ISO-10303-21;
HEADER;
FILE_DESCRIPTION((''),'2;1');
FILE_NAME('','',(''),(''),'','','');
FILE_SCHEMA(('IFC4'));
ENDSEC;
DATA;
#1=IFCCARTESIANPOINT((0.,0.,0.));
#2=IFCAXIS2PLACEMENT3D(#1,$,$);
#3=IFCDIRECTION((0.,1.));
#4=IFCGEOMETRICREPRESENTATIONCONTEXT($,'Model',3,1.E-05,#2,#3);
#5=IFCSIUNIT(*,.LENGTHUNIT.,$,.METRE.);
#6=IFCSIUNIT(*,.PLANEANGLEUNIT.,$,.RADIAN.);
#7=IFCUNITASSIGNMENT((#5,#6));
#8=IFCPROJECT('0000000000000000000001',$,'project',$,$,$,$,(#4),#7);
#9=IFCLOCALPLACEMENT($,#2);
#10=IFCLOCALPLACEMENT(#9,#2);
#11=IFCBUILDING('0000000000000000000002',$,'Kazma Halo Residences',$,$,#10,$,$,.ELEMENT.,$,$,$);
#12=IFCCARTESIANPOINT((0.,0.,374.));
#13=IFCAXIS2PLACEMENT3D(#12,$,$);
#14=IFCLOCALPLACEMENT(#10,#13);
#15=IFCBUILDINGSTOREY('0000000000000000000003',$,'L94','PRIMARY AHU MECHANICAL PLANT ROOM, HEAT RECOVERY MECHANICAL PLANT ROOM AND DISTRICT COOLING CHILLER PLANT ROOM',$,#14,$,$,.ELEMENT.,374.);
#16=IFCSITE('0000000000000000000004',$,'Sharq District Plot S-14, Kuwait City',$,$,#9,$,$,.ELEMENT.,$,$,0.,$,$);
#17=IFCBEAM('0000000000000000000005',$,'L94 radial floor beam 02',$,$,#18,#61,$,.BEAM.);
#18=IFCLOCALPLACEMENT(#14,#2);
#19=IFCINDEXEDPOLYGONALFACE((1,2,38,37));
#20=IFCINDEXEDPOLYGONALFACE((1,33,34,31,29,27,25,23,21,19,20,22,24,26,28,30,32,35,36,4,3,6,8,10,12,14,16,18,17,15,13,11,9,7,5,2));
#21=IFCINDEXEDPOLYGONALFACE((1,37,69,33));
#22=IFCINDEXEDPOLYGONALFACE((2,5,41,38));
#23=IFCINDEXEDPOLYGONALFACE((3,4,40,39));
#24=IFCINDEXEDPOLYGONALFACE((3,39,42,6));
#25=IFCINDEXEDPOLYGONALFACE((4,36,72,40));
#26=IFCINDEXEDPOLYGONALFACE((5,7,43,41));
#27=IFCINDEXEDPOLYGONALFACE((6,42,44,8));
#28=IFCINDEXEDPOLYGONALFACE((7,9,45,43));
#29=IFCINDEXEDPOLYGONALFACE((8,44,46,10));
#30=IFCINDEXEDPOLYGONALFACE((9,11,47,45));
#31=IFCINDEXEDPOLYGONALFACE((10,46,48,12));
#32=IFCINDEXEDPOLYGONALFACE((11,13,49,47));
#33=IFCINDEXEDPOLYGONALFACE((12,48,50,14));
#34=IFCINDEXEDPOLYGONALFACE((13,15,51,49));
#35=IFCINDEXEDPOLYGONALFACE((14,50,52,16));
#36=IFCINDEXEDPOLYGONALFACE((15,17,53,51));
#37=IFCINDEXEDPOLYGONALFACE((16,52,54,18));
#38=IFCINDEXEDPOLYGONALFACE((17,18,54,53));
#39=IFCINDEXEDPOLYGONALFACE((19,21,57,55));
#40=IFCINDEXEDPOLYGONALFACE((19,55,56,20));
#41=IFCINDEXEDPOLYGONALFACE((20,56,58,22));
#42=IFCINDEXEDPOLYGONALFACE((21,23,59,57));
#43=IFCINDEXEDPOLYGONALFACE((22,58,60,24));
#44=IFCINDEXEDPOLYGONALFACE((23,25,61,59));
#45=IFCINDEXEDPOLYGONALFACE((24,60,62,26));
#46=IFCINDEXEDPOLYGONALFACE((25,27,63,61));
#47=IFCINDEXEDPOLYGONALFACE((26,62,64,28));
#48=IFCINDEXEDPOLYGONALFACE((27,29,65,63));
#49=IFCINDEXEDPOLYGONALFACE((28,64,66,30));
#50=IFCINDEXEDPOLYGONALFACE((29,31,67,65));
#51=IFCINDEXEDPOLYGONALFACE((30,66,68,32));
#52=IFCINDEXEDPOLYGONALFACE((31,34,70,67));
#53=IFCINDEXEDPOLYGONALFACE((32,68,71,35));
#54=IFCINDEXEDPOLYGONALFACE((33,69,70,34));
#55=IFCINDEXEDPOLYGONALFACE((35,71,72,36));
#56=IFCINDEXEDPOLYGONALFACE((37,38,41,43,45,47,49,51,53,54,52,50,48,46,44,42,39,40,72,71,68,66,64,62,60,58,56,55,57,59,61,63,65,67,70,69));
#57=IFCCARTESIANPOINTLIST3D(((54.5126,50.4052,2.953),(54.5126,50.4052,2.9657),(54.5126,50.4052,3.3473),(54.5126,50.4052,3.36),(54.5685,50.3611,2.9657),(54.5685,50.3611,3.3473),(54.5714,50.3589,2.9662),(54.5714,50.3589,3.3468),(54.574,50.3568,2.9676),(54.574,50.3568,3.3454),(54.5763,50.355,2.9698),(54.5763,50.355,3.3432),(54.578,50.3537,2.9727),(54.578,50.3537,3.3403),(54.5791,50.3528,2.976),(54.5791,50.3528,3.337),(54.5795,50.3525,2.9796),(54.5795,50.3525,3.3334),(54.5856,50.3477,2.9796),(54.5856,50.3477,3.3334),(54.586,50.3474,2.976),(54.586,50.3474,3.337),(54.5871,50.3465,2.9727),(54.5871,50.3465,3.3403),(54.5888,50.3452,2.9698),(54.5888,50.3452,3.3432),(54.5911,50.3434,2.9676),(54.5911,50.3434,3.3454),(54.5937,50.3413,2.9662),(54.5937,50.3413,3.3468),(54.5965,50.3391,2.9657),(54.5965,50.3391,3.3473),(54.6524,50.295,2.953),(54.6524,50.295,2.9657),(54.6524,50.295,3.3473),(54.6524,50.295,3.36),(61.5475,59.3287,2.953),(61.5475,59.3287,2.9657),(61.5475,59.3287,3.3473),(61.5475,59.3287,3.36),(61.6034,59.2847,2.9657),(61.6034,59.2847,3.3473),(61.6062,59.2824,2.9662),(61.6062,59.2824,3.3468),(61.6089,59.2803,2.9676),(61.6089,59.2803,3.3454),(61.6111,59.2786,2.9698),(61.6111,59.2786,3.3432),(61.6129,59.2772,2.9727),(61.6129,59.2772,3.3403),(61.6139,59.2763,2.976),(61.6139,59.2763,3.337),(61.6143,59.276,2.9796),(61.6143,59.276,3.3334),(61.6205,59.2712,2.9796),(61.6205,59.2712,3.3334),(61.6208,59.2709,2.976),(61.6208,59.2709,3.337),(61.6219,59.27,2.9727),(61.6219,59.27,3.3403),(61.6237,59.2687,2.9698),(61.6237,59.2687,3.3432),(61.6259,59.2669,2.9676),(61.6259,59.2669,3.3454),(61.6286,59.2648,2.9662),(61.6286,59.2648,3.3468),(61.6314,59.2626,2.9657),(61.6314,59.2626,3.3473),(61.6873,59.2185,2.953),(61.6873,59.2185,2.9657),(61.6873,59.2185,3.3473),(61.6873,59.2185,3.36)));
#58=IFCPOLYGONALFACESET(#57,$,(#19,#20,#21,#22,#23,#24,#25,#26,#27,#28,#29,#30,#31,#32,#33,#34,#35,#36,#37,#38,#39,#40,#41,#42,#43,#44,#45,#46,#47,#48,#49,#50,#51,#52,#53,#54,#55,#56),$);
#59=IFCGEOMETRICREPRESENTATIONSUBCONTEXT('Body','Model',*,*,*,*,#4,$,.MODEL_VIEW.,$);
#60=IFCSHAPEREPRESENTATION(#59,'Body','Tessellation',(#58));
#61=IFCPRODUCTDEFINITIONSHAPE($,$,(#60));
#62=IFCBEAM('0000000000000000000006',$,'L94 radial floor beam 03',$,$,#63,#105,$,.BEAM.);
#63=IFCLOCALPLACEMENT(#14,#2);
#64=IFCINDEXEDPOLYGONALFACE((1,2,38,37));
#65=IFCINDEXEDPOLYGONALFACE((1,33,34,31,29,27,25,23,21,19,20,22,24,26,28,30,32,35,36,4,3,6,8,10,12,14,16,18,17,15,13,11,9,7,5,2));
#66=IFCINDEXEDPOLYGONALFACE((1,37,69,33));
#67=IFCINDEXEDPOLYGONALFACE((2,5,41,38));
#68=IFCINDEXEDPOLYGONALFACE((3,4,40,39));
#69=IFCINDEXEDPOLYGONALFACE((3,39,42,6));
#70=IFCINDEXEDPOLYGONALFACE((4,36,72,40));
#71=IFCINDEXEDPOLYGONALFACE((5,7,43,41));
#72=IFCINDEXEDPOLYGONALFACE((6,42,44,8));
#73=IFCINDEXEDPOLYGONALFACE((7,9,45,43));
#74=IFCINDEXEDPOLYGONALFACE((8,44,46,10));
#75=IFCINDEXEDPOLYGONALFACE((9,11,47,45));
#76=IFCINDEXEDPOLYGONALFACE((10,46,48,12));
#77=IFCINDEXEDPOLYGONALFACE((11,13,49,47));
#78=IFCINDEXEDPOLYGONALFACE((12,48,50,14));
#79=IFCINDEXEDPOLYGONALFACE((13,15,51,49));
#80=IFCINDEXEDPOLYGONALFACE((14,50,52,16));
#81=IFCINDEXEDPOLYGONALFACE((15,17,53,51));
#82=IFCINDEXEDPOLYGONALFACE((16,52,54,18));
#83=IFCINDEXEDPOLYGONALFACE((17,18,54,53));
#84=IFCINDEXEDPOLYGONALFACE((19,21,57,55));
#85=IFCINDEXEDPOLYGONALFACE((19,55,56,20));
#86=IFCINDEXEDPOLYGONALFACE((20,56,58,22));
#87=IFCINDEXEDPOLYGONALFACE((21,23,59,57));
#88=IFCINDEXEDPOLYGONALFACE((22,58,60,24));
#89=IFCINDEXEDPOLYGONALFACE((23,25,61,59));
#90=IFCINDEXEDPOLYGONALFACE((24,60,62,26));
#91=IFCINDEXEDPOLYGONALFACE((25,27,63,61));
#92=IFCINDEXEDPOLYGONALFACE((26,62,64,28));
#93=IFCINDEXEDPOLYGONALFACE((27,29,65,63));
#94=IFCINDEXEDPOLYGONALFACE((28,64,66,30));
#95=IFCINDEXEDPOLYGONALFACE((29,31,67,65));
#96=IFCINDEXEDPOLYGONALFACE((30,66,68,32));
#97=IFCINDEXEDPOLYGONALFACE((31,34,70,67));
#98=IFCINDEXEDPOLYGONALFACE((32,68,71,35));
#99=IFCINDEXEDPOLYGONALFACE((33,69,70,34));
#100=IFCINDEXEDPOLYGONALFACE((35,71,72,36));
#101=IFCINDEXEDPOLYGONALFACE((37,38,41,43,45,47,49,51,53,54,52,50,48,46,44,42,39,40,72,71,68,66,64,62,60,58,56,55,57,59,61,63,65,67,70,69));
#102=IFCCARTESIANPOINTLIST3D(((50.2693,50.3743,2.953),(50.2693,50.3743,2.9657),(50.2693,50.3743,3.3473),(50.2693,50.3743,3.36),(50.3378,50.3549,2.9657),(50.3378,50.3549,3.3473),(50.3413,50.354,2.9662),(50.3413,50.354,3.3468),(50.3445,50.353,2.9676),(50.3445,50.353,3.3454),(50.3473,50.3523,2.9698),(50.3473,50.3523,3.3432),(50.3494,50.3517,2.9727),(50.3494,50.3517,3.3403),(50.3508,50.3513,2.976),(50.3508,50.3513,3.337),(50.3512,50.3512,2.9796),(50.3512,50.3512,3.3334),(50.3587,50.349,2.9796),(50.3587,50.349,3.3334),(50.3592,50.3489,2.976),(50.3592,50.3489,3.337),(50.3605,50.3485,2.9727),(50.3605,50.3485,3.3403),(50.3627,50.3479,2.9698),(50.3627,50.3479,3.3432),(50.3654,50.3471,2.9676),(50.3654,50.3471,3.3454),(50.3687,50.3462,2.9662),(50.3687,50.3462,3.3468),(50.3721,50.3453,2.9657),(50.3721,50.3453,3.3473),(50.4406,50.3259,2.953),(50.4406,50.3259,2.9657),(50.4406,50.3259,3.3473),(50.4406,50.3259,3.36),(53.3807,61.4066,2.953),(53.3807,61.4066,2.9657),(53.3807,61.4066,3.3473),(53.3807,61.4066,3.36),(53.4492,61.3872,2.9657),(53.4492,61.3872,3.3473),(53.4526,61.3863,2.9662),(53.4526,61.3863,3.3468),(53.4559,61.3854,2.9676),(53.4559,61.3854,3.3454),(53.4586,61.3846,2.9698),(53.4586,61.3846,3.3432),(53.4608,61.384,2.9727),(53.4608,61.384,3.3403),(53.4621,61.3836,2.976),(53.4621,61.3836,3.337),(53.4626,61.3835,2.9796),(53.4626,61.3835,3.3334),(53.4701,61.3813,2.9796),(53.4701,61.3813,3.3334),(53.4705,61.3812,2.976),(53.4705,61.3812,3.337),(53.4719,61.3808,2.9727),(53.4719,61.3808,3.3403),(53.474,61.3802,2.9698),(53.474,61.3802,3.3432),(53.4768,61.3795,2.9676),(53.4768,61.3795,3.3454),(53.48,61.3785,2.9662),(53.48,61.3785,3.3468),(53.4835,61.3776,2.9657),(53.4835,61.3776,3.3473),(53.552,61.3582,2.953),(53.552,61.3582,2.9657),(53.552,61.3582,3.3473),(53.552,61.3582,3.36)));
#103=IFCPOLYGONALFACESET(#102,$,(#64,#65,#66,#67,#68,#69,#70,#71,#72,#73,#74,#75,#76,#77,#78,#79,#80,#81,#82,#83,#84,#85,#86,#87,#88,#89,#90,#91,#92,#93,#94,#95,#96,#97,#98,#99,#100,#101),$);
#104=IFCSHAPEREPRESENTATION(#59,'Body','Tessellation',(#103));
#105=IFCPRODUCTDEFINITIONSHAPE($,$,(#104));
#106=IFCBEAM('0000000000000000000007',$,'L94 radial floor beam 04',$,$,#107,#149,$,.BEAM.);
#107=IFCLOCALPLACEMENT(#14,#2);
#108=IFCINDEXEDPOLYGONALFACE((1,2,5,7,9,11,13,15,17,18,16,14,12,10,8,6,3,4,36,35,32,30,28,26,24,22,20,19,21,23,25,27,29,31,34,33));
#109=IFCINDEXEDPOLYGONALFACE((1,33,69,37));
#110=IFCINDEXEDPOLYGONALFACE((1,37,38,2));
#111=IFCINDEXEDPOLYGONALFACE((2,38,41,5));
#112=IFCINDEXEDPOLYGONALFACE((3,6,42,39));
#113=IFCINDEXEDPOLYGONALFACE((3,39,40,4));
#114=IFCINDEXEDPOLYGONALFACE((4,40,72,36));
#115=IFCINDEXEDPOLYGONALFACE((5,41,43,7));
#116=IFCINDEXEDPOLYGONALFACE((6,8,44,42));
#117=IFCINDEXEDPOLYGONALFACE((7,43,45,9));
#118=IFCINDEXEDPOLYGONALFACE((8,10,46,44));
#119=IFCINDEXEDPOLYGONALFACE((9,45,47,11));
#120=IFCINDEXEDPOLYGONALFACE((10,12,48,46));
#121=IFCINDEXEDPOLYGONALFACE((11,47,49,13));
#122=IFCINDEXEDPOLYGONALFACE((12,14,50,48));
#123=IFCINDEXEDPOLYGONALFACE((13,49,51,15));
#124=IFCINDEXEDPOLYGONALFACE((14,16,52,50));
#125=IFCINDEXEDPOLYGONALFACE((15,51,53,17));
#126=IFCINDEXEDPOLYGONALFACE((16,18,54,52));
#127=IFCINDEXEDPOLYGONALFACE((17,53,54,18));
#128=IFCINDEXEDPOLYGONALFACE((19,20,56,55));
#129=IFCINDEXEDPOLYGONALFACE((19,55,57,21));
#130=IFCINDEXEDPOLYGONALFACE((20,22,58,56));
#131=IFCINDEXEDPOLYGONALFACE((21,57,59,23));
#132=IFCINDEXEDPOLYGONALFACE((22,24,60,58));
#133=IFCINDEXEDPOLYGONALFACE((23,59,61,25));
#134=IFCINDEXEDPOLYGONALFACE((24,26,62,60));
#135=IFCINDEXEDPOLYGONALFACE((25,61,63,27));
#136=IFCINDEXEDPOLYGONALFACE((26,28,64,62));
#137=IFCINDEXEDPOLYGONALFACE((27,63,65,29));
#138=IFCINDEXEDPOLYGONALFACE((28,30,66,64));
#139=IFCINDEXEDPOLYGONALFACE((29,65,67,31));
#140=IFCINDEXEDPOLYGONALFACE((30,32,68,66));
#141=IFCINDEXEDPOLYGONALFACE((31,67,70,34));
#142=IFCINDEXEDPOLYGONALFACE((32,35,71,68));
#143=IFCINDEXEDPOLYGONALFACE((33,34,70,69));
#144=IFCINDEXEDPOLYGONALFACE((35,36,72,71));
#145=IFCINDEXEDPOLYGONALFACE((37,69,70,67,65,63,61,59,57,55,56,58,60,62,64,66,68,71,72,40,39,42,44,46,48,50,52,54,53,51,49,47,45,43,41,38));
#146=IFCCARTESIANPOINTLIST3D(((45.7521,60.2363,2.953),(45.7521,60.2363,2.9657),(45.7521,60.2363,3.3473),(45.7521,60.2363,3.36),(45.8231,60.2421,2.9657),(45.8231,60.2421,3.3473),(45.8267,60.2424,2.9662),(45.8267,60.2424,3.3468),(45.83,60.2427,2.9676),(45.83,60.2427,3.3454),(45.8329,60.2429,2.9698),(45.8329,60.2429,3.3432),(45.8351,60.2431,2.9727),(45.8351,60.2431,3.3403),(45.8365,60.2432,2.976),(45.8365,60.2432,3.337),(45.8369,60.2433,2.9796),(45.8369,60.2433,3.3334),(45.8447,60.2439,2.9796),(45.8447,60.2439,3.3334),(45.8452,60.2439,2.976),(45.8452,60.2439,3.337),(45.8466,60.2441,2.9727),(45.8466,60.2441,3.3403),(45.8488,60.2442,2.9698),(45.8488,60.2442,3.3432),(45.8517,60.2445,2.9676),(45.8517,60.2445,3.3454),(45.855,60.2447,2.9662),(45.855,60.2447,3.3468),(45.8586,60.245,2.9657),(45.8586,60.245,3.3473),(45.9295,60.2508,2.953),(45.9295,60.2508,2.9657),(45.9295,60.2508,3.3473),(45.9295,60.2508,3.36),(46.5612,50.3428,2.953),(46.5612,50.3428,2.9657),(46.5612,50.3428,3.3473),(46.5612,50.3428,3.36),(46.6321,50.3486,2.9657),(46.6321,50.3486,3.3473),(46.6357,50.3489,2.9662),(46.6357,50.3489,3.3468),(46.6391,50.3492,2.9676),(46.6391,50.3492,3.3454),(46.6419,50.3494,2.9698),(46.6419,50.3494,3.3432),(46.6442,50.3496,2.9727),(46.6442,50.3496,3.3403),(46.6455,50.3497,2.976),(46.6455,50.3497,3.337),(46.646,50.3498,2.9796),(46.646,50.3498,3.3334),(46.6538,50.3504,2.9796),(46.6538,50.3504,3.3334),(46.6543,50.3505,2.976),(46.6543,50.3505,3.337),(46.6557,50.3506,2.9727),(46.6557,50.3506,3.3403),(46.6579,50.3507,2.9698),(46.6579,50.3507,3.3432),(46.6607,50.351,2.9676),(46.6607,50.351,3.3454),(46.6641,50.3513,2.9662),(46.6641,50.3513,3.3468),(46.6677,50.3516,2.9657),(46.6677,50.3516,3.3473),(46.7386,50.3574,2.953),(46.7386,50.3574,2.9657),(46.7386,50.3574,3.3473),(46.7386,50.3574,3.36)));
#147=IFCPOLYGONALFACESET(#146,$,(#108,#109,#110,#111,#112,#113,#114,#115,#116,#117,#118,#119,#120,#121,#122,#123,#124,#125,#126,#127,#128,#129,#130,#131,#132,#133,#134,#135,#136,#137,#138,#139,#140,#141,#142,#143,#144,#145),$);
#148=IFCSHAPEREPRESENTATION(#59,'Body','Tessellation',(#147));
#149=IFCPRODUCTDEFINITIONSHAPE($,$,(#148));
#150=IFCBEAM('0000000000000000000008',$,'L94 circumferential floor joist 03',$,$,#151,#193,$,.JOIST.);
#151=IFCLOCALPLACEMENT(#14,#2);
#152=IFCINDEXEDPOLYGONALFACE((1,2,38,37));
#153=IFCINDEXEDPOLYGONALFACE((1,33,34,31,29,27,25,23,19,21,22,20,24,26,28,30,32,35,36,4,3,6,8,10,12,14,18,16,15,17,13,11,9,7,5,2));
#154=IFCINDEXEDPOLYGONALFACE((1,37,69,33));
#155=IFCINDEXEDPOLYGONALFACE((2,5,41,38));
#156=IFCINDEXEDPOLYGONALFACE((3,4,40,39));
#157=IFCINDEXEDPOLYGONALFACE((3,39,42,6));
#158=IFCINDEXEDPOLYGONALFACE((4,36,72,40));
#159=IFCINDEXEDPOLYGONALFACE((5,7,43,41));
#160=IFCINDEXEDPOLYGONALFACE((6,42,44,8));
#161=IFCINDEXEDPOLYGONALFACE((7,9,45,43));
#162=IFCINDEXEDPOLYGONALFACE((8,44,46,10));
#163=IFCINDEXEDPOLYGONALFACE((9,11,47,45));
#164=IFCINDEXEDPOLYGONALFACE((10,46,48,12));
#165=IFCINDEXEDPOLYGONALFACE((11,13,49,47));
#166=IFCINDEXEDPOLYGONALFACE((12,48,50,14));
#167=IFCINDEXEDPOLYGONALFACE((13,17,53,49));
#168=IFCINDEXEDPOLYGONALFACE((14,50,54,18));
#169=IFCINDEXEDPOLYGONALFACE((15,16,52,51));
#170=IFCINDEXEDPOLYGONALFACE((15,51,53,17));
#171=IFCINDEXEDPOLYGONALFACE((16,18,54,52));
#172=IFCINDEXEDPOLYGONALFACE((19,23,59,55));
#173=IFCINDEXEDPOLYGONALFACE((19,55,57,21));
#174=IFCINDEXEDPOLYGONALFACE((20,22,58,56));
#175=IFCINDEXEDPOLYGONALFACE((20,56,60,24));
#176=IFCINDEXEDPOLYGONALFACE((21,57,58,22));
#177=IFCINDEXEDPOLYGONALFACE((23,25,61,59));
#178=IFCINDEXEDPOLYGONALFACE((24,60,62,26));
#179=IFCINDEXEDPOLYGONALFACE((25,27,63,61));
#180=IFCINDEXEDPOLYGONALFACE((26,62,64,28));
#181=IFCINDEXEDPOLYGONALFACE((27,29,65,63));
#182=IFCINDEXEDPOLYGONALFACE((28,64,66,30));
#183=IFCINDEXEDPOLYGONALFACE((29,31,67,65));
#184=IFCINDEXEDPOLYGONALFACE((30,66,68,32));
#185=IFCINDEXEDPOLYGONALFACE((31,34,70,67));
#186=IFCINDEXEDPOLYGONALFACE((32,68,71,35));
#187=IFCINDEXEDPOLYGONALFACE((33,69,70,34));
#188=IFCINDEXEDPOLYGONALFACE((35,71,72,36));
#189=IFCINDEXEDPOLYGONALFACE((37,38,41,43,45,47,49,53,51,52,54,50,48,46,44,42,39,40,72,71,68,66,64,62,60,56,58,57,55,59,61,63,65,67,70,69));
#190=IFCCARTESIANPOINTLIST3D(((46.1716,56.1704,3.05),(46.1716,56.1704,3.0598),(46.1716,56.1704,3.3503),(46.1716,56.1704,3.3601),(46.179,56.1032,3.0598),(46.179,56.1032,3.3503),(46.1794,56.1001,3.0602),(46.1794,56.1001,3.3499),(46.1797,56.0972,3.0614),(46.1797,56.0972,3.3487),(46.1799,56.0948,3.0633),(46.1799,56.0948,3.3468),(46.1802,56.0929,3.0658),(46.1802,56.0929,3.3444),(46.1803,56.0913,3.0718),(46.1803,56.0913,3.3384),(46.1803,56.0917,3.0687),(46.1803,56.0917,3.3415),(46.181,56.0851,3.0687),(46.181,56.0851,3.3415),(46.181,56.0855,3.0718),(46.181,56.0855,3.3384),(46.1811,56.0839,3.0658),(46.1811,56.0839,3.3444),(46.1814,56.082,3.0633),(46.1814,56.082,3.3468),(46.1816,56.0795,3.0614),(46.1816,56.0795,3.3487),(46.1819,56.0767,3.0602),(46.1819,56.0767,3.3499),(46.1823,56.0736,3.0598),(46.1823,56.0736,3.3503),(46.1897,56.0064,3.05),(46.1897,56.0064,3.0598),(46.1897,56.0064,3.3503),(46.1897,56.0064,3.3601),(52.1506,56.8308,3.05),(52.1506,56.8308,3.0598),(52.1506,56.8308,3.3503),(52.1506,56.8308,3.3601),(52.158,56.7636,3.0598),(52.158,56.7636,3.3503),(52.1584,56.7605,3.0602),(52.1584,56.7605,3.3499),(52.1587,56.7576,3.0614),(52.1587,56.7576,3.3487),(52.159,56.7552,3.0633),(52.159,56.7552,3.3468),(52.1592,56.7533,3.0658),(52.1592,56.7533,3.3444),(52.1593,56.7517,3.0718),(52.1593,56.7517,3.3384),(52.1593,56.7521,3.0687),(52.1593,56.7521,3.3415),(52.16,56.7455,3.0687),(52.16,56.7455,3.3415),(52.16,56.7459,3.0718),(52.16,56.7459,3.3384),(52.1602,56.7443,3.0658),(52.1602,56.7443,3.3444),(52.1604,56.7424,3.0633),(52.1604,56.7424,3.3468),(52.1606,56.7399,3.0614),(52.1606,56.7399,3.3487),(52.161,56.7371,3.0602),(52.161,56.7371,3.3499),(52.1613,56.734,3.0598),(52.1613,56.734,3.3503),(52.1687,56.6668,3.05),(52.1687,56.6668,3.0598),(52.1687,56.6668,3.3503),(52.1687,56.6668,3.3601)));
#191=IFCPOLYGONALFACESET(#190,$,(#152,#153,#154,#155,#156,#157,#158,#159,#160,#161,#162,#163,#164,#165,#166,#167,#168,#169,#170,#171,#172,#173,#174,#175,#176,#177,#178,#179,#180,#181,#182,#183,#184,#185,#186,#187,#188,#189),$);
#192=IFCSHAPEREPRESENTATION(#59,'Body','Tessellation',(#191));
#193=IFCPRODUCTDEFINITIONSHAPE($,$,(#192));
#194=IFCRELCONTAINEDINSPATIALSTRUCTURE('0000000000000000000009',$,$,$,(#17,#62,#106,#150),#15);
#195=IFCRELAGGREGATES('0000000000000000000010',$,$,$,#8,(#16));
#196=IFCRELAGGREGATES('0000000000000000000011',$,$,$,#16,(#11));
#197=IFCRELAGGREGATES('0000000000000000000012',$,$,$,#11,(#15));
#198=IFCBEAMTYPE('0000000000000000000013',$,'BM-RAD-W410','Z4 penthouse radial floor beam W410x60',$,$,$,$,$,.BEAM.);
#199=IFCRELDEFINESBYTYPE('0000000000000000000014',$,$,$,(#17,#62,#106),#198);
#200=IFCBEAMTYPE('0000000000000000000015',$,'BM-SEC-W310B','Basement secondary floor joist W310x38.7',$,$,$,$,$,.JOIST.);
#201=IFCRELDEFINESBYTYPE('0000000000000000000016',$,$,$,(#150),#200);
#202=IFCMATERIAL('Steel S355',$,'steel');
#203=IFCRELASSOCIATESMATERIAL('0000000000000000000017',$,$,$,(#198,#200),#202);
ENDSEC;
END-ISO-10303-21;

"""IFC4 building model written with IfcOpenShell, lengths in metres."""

from ifc_helpers import new_model, si_unit, direction, frame, origin, origin_2d, place, context, subcontext, project, spatial, i_section, extrude, material, material_profile, profile_set, type_object, element, save


model = new_model("IFC4")

# Units and contexts
model_context = context("Model", 3, precision=1e-05, world=origin(), true_north=direction((0.0, 1.0)))
body_context = subcontext(model_context, "Body", "Model", "MODEL_VIEW")
ifc_project = project(units=[si_unit("LENGTHUNIT", "METRE"), si_unit("PLANEANGLEUNIT", "RADIAN")], contexts=[model_context])

# Site, building, storey
site_placement = place(None, origin())
site = spatial("IfcSite", under=ifc_project, at=site_placement, Name="Sharq District Plot S-14, Kuwait City", CompositionType="ELEMENT", RefElevation=0.0)
building_placement = place(site_placement, origin())
building = spatial("IfcBuilding", under=site, at=building_placement, Name="Kazma Halo Residences", CompositionType="ELEMENT")
storey_placement = place(building_placement, frame((0.0, 0.0, 374.0)))
storey = spatial("IfcBuildingStorey", under=building, at=storey_placement, Name="L94", Description="PRIMARY AHU MECHANICAL PLANT ROOM, HEAT RECOVERY MECHANICAL PLANT ROOM AND DISTRICT COOLING CHILLER PLANT ROOM", CompositionType="ELEMENT", Elevation=374.0)

# Shared definitions
ifc_material_1 = material(Name="Steel S355", Category="steel")

# Beams
ifc_material_profile_1 = material_profile(ifc_material_1, i_section(OverallWidth=0.178, OverallDepth=0.407, WebThickness=0.0078, FlangeThickness=0.0127, FilletRadius=0.0139, at=origin_2d()), Name="W410x60")
ifc_profile_set_1 = profile_set([ifc_material_profile_1], Name="Steel S355")
beam_type_1 = type_object("IfcBeamType", Name="BM-RAD-W410", Description="Z4 penthouse radial floor beam W410x60", PredefinedType="BEAM", material=ifc_profile_set_1)
beam_1_placement = place(storey_placement, frame((54.5825, 50.3501, 3.1565), z_axis=(0.619101, 0.785312, 0.0), x_axis=(-0.785312, 0.619101, 0.0)))
element("IfcBeam", 1, at=beam_1_placement, inside=storey, type_object=beam_type_1, Name="L94 radial floor beam 02", PredefinedType="BEAM", context=body_context, shape_type="SweptSolid", body=[
    extrude(i_section(OverallWidth=0.178, OverallDepth=0.407, WebThickness=0.0078, FlangeThickness=0.0127, FilletRadius=0.0139, at=origin_2d()), origin(), (0.0, 0.0, 1.0), 11.363),
])
beam_2_placement = place(storey_placement, frame((50.355, 50.3501, 3.1565), z_axis=(0.271434, 0.962457, 0.0), x_axis=(-0.962457, 0.271434, 0.0)))
element("IfcBeam", 2, at=beam_2_placement, inside=storey, type_object=beam_type_1, Name="L94 radial floor beam 03", PredefinedType="BEAM", context=body_context, shape_type="SweptSolid", body=[
    extrude(i_section(OverallWidth=0.178, OverallDepth=0.407, WebThickness=0.0078, FlangeThickness=0.0127, FilletRadius=0.0139, at=origin_2d()), origin(), (0.0, 0.0, 1.0), 11.4626),
])
beam_3_placement = place(storey_placement, frame((46.6499, 50.3501, 3.1565), z_axis=(-0.081507, 0.996673, 0.0), x_axis=(-0.996673, -0.081507, 0.0)))
element("IfcBeam", 3, at=beam_3_placement, inside=storey, type_object=beam_type_1, Name="L94 radial floor beam 04", PredefinedType="BEAM", context=body_context, shape_type="SweptSolid", body=[
    extrude(i_section(OverallWidth=0.178, OverallDepth=0.407, WebThickness=0.0078, FlangeThickness=0.0127, FilletRadius=0.0139, at=origin_2d()), origin(), (0.0, 0.0, 1.0), 9.9265),
])
ifc_material_profile_2 = material_profile(ifc_material_1, i_section(OverallWidth=0.165, OverallDepth=0.3101, WebThickness=0.0059, FlangeThickness=0.0098, FilletRadius=0.012, at=origin_2d()), Name="W310x38.7")
ifc_profile_set_2 = profile_set([ifc_material_profile_2], Name="Steel S355")
beam_type_2 = type_object("IfcBeamType", Name="BM-SEC-W310B", Description="Basement secondary floor joist W310x38.7", PredefinedType="JOIST", material=ifc_profile_set_2)
beam_4_placement = place(storey_placement, frame((52.1597, 56.7488, 3.2051), z_axis=(-0.993955, -0.109786, 0.0), x_axis=(0.109786, -0.993955, 0.0)))
element("IfcBeam", 4, at=beam_4_placement, inside=storey, type_object=beam_type_2, Name="L94 circumferential floor joist 03", PredefinedType="JOIST", context=body_context, shape_type="SweptSolid", body=[
    extrude(i_section(OverallWidth=0.165, OverallDepth=0.3101, WebThickness=0.0059, FlangeThickness=0.0098, FilletRadius=0.012, at=origin_2d()), origin(), (0.0, 0.0, 1.0), 6.0154),
])

save(model, "model.ifc")
